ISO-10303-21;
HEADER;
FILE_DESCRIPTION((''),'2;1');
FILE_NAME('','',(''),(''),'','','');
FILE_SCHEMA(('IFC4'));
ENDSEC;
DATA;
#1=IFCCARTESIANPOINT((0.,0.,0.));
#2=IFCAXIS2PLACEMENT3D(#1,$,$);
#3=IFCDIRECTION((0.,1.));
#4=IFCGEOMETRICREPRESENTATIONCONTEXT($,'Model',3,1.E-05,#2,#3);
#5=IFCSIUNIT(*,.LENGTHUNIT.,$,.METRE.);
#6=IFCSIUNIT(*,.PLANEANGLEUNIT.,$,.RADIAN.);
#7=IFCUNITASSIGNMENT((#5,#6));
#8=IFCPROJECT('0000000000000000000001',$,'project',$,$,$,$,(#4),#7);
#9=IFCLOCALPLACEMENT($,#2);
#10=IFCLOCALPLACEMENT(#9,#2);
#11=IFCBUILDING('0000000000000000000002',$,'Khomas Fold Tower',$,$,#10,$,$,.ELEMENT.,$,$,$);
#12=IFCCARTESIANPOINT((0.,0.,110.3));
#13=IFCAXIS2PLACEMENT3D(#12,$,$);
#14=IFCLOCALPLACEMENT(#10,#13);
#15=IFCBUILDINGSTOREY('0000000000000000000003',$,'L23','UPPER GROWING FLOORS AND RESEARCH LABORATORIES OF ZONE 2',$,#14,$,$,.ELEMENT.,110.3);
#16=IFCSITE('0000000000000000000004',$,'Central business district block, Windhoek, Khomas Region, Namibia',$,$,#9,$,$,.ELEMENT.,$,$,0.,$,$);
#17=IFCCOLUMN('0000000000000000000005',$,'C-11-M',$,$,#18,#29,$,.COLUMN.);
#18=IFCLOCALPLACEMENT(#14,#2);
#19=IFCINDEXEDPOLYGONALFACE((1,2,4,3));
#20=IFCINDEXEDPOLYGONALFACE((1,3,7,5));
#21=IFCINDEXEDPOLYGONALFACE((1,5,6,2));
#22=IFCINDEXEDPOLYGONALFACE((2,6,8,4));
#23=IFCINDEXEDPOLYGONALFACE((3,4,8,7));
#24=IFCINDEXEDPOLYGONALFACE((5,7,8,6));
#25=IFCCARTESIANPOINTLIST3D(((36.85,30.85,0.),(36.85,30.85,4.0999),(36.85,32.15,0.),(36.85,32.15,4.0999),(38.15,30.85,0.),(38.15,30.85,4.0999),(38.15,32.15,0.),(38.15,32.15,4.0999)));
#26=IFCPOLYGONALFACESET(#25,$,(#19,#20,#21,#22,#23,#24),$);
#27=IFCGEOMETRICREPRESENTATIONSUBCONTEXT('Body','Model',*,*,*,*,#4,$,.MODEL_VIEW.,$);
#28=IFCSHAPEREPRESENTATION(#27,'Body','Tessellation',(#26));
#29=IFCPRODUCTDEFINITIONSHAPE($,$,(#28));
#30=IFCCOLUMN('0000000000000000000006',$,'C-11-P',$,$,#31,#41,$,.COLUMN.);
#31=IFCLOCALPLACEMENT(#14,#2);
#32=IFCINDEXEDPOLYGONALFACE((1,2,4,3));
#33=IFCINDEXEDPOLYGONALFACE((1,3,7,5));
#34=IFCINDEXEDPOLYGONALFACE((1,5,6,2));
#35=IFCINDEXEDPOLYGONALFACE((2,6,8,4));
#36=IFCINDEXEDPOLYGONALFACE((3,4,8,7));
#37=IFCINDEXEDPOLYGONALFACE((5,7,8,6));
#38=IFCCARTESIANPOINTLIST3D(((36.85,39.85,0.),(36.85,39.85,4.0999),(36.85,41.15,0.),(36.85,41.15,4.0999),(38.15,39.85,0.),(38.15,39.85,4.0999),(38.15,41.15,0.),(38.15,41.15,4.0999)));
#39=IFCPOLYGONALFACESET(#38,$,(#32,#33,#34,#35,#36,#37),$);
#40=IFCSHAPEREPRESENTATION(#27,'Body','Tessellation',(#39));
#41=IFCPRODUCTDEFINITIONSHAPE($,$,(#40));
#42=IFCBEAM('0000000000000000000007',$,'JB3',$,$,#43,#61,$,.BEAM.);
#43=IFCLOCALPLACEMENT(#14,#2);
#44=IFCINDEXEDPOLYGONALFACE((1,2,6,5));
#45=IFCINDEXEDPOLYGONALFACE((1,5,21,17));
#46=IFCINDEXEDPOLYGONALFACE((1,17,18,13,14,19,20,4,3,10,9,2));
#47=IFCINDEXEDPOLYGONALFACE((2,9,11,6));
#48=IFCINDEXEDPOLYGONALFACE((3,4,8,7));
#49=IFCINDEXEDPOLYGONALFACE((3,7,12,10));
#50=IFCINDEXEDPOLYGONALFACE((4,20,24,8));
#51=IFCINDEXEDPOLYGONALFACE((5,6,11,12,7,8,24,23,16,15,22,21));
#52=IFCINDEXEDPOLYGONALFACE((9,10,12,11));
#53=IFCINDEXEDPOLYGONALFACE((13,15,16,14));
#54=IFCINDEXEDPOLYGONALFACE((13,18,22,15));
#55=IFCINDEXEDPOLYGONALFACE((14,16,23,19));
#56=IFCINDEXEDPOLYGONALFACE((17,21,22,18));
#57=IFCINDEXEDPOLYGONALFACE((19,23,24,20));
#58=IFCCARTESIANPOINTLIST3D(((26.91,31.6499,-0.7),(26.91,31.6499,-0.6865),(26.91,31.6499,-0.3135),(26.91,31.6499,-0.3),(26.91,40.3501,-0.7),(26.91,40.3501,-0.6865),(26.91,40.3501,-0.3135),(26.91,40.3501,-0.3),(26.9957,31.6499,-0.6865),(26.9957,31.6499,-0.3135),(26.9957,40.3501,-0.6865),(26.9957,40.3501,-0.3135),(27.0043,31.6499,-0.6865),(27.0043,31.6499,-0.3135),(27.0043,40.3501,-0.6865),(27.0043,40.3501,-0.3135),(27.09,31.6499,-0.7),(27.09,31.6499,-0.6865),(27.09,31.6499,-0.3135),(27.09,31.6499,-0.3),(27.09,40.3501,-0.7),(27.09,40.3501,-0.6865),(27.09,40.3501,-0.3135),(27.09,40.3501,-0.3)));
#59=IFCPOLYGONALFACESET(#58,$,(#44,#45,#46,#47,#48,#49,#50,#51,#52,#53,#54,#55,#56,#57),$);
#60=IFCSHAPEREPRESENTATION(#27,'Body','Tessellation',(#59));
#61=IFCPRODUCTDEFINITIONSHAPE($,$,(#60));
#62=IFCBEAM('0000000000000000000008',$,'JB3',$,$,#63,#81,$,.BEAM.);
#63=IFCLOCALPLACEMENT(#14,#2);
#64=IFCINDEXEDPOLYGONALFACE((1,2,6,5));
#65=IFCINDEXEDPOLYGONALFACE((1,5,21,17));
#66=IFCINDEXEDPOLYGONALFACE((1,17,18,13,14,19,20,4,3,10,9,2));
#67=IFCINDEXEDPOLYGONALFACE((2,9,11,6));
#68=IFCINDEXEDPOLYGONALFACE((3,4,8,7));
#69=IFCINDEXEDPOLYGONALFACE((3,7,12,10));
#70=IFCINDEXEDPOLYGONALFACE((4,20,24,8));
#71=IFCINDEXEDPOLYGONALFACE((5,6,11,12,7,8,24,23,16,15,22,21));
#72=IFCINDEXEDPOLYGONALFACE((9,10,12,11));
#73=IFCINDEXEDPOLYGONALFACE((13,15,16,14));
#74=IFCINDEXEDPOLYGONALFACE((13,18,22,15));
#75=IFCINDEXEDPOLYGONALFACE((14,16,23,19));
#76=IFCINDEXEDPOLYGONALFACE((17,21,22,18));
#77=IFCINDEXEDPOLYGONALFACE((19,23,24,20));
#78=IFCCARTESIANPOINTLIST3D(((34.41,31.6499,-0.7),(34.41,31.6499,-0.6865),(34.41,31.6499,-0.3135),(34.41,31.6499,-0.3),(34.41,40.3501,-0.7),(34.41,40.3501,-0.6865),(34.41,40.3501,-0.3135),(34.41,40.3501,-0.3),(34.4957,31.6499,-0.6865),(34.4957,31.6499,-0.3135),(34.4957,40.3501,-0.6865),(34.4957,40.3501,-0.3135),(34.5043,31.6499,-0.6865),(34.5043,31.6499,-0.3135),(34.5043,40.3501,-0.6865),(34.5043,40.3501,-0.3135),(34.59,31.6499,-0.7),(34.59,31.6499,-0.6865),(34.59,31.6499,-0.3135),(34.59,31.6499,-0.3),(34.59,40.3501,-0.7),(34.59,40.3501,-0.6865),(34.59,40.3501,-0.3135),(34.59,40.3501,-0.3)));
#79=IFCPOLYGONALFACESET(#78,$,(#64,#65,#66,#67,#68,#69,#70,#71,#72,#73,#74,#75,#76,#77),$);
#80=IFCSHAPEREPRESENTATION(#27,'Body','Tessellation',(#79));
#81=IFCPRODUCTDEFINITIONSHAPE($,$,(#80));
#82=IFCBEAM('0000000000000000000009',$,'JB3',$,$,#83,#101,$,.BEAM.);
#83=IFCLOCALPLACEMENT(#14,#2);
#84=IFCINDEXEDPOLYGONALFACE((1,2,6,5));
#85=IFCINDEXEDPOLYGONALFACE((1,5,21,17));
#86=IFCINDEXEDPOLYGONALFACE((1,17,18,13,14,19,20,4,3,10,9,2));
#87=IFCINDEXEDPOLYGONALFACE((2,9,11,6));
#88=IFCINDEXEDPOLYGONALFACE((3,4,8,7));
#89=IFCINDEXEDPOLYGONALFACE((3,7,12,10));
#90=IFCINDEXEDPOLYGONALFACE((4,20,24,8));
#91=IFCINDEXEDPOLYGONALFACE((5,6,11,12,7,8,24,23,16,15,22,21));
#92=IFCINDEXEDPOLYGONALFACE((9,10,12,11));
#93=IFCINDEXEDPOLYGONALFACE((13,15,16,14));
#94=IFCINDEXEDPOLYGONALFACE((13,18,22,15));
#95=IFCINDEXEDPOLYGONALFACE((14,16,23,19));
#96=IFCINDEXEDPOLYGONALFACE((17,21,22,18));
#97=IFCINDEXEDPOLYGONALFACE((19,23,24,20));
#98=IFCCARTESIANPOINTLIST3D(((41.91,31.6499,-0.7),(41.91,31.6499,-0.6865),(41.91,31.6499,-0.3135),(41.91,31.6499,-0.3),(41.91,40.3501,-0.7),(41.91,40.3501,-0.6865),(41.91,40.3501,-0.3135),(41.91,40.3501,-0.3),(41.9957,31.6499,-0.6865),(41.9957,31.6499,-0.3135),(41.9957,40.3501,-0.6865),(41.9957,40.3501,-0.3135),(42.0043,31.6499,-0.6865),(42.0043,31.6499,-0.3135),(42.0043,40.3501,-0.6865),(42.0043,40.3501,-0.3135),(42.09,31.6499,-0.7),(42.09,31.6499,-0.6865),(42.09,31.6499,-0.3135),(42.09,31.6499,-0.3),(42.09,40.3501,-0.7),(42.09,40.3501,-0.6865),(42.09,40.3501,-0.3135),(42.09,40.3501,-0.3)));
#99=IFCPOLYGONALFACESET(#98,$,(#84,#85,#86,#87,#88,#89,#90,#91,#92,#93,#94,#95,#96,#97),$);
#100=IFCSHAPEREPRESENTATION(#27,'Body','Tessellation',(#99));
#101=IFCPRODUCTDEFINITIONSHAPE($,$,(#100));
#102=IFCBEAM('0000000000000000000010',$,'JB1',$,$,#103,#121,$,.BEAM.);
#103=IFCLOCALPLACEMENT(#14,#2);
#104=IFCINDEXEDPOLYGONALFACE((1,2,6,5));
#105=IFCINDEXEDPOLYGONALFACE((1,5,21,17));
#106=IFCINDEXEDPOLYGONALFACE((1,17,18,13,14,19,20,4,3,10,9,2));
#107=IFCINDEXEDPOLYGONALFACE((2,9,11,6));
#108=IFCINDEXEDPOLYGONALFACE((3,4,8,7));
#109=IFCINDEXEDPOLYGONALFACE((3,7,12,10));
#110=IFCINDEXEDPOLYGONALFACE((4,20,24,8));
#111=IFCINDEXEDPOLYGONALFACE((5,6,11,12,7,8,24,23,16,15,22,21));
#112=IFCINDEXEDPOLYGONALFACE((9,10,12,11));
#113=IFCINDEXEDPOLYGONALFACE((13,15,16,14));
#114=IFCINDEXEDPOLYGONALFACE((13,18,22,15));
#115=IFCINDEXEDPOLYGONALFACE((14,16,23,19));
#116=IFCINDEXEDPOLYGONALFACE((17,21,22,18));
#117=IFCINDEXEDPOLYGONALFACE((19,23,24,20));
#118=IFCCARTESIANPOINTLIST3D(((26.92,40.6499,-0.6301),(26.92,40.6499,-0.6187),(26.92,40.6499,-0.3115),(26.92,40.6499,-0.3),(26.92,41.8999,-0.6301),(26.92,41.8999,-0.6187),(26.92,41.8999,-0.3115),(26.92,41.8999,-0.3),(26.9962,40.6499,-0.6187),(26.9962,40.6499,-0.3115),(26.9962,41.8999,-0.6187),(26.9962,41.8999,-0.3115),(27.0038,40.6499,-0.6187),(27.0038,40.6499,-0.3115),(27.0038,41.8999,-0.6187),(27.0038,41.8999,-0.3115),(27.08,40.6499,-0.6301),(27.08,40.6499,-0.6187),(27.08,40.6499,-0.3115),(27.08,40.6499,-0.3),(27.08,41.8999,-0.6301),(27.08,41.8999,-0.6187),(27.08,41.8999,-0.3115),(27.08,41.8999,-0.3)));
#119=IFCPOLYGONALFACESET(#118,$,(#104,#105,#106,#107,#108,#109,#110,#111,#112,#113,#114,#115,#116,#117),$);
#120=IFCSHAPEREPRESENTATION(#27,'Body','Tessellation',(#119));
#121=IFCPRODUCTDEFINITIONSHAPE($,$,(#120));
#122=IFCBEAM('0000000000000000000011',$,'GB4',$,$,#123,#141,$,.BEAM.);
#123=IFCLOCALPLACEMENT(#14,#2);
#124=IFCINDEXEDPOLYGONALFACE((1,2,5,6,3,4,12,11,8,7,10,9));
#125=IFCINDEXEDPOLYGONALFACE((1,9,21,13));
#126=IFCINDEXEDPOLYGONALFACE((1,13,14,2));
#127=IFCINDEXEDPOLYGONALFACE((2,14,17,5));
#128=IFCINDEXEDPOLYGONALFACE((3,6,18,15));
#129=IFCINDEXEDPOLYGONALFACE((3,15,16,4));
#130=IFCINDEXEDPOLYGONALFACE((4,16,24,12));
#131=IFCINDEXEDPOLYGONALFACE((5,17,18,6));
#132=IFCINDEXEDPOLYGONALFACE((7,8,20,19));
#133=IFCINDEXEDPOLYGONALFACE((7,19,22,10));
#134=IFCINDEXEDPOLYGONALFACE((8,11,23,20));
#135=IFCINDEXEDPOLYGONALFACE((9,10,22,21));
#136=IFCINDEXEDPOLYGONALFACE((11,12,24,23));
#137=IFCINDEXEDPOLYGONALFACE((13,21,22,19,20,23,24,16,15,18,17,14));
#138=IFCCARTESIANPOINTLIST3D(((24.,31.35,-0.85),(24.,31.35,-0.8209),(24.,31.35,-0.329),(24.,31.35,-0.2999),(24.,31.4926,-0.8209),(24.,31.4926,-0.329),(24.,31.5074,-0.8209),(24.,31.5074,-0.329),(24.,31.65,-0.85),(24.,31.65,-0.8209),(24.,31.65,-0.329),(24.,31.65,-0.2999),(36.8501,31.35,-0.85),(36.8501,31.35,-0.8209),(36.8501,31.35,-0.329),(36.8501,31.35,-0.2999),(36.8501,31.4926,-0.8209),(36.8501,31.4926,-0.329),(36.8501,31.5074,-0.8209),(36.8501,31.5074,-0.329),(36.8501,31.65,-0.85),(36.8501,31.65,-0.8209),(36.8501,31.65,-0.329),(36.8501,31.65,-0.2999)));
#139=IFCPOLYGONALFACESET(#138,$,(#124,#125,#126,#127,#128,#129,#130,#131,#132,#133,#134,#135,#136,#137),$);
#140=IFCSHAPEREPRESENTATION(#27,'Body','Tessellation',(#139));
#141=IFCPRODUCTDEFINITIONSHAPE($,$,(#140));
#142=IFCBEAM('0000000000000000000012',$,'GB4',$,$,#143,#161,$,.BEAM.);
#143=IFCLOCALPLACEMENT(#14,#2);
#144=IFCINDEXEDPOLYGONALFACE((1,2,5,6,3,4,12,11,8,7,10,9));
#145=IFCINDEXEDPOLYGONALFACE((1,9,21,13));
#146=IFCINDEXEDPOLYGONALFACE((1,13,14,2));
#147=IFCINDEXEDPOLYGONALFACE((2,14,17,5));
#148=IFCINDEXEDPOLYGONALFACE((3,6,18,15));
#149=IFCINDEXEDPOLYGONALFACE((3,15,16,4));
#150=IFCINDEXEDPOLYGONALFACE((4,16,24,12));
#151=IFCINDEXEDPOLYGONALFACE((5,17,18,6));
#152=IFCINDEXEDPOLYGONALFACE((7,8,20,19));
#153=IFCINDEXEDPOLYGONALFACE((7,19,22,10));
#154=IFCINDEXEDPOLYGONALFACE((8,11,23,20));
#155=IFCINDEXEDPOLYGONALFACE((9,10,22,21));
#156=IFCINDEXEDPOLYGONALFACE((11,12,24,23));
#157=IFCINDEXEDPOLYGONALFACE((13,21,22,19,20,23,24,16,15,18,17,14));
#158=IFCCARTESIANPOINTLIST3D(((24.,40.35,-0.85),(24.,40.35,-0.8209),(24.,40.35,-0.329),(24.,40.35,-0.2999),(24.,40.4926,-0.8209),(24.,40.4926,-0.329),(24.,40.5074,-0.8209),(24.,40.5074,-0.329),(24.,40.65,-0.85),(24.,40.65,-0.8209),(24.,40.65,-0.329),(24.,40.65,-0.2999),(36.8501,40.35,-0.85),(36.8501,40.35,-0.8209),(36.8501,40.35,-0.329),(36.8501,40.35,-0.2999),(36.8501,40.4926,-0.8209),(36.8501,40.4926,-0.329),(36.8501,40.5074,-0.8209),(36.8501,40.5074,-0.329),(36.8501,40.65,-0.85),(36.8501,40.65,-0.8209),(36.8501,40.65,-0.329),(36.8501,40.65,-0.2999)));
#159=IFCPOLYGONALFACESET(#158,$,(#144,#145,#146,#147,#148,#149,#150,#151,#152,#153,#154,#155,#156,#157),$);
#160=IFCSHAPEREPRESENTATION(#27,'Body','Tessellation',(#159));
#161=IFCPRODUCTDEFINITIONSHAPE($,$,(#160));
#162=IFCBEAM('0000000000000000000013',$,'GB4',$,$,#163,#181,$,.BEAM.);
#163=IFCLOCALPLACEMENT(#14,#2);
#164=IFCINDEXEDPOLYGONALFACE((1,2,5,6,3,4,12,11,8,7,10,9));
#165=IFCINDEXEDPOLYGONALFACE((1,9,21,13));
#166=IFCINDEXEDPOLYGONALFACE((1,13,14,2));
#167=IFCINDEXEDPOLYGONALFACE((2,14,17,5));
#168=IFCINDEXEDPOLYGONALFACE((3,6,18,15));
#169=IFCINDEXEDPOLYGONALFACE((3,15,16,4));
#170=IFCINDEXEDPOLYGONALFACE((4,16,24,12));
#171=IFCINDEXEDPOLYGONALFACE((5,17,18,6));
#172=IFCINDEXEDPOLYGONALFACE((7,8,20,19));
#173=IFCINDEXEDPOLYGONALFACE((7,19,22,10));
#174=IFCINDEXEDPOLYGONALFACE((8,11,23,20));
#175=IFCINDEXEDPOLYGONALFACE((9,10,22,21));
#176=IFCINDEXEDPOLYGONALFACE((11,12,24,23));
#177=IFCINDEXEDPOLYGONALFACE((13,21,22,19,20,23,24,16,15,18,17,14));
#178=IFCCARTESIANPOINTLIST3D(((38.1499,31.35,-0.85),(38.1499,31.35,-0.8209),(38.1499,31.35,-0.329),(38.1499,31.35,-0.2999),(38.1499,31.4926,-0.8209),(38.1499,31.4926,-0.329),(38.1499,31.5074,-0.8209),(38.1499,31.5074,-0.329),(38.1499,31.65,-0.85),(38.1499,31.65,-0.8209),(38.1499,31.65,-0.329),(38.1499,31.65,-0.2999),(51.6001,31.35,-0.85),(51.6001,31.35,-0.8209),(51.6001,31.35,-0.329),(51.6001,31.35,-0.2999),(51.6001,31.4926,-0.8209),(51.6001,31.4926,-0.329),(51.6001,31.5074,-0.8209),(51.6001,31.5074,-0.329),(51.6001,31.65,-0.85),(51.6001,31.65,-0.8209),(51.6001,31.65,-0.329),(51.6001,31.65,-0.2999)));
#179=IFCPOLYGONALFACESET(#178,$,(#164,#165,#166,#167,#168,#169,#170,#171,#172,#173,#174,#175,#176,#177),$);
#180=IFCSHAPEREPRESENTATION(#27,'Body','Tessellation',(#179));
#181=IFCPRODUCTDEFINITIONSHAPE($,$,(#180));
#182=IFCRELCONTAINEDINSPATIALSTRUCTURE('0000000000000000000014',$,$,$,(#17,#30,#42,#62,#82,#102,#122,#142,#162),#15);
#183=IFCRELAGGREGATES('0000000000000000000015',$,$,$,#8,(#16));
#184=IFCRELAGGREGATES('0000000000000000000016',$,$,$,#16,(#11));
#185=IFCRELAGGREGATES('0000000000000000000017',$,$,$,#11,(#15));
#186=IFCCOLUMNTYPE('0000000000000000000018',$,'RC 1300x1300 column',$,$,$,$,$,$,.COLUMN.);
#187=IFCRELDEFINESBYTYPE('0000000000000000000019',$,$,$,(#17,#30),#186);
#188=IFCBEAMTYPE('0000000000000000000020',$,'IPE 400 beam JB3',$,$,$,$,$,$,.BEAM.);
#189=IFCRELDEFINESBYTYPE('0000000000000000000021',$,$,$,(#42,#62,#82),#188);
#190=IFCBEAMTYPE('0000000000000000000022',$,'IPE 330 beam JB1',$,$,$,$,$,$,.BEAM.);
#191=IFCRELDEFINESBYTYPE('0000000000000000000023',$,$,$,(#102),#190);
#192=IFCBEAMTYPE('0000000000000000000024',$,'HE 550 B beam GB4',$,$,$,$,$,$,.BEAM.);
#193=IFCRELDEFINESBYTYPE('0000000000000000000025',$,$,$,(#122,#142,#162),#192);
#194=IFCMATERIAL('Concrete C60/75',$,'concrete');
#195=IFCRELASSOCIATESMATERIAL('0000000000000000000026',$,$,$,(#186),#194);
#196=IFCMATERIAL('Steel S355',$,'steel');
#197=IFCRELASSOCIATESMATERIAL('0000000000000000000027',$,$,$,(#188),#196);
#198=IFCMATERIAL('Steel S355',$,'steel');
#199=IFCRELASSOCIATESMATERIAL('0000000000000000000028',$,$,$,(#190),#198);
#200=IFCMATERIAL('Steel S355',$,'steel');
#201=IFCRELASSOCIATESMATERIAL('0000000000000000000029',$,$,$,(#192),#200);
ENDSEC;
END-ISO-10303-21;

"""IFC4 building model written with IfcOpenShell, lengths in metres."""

from ifc_helpers import new_model, si_unit, direction, frame, origin, origin_2d, place, context, subcontext, project, spatial, rectangle, i_section, extrude, source, transform, mapped, material, material_profile, profile_set, type_object, element, save


model = new_model("IFC4")

# Units and contexts
model_context = context("Model", 3, precision=1e-05, world=origin(), true_north=direction((0.0, 1.0)))
body_context = subcontext(model_context, "Body", "Model", "MODEL_VIEW")
ifc_project = project(units=[si_unit("LENGTHUNIT", "METRE"), si_unit("PLANEANGLEUNIT", "RADIAN")], contexts=[model_context])

# Site, building, storey
site_placement = place(None, origin())
site = spatial("IfcSite", under=ifc_project, at=site_placement, Name="Central business district block, Windhoek, Khomas Region, Namibia", CompositionType="ELEMENT", RefElevation=0.0)
building_placement = place(site_placement, origin())
building = spatial("IfcBuilding", under=site, at=building_placement, Name="Khomas Fold Tower", CompositionType="ELEMENT")
storey_placement = place(building_placement, frame((0.0, 0.0, 110.3)))
storey = spatial("IfcBuildingStorey", under=building, at=storey_placement, Name="L23", Description="UPPER GROWING FLOORS AND RESEARCH LABORATORIES OF ZONE 2", CompositionType="ELEMENT", Elevation=110.3)

# Columns
ifc_material_1 = material(Name="Concrete C60/75", Category="concrete")
ifc_material_profile_1 = material_profile(ifc_material_1, rectangle(XDim=1.3, YDim=1.3, at=origin_2d()), Name="RC 1300x1300")
ifc_profile_set_1 = profile_set([ifc_material_profile_1], Name="Concrete C60/75")
column_type = type_object("IfcColumnType", Name="RC 1300x1300 column", PredefinedType="COLUMN", material=ifc_profile_set_1)
shared_shape_1 = source(origin(), body_context, "Body", "SweptSolid", [
    extrude(rectangle(XDim=1.3, YDim=1.3, at=origin_2d()), origin(), (0.0, 0.0, 1.0), 4.0999),
])
for number, where, z_axis, x_axis, name in (
    (1, (37.5, 31.5, 0.0), (0.0, 0.0, 1.0), (1.0, 0.0, 0.0), "C-11-M"),
    (2, (37.5, 40.5, 0.0), (0.0, 0.0, 1.0), (1.0, 0.0, 0.0), "C-11-P"),
):
    element("IfcColumn", number, at=place(storey_placement, frame(where, z_axis=z_axis, x_axis=x_axis)), inside=storey, type_object=column_type, Name=name, PredefinedType="COLUMN", context=body_context, shape_type="MappedRepresentation", body=[
        mapped(shared_shape_1, transform((0.0, 0.0, 0.0))),
    ])

# Beams
ifc_material_2 = material(Name="Steel S355", Category="steel")
ifc_material_profile_2 = material_profile(ifc_material_2, i_section(OverallWidth=0.1799, OverallDepth=0.3999, WebThickness=0.0085, FlangeThickness=0.0134, at=origin_2d()), Name="IPE 400")
ifc_profile_set_2 = profile_set([ifc_material_profile_2], Name="Steel S355")
beam_type_1 = type_object("IfcBeamType", Name="IPE 400 beam JB3", PredefinedType="BEAM", material=ifc_profile_set_2)
shared_shape_2 = source(origin(), body_context, "Body", "SweptSolid", [
    extrude(i_section(OverallWidth=0.1799, OverallDepth=0.3999, WebThickness=0.0085, FlangeThickness=0.0134, at=origin_2d()), origin(), (0.0, 0.0, 1.0), 8.7002),
])
for number, where, z_axis, x_axis, name in (
    (3, (27.0, 31.6499, -0.5), (0.0, 1.0, 0.0), (-1.0, 0.0, 0.0), "JB3"),
    (4, (34.5, 31.6499, -0.5), (0.0, 1.0, 0.0), (-1.0, 0.0, 0.0), "JB3"),
    (5, (42.0, 31.6499, -0.5), (0.0, 1.0, 0.0), (-1.0, 0.0, 0.0), "JB3"),
):
    element("IfcBeam", number, at=place(storey_placement, frame(where, z_axis=z_axis, x_axis=x_axis)), inside=storey, type_object=beam_type_1, Name=name, PredefinedType="BEAM", context=body_context, shape_type="MappedRepresentation", body=[
        mapped(shared_shape_2, transform((0.0, 0.0, 0.0))),
    ])
ifc_material_3 = material(Name="Steel S355", Category="steel")
ifc_material_profile_3 = material_profile(ifc_material_3, i_section(OverallWidth=0.1599, OverallDepth=0.3301, WebThickness=0.0076, FlangeThickness=0.0115, at=origin_2d()), Name="IPE 330")
ifc_profile_set_3 = profile_set([ifc_material_profile_3], Name="Steel S355")
beam_type_2 = type_object("IfcBeamType", Name="IPE 330 beam JB1", PredefinedType="BEAM", material=ifc_profile_set_3)
shared_shape_3 = source(origin(), body_context, "Body", "SweptSolid", [
    extrude(i_section(OverallWidth=0.1599, OverallDepth=0.3301, WebThickness=0.0076, FlangeThickness=0.0115, at=origin_2d()), origin(), (0.0, 0.0, 1.0), 1.25),
])
beam_placement = place(storey_placement, frame((27.0, 40.6499, -0.4651), z_axis=(0.0, 1.0, 0.0), x_axis=(-1.0, 0.0, 0.0)))
element("IfcBeam", 6, at=beam_placement, inside=storey, type_object=beam_type_2, Name="JB1", PredefinedType="BEAM", context=body_context, shape_type="MappedRepresentation", body=[
    mapped(shared_shape_3, transform((0.0, 0.0, 0.0))),
])
ifc_material_4 = material(Name="Steel S355", Category="steel")
ifc_material_profile_4 = material_profile(ifc_material_4, i_section(OverallWidth=0.3, OverallDepth=0.55, WebThickness=0.0149, FlangeThickness=0.0291, at=origin_2d()), Name="HE 550 B")
ifc_profile_set_4 = profile_set([ifc_material_profile_4], Name="Steel S355")
beam_type_3 = type_object("IfcBeamType", Name="HE 550 B beam GB4", PredefinedType="BEAM", material=ifc_profile_set_4)
shared_shape_4 = source(origin(), body_context, "Body", "SweptSolid", [
    extrude(i_section(OverallWidth=0.3, OverallDepth=0.55, WebThickness=0.0149, FlangeThickness=0.0291, at=origin_2d()), origin(), (0.0, 0.0, 1.0), 12.8501),
])
for number, where, z_axis, x_axis, name in (
    (7, (24.0, 31.5, -0.575), (1.0, 0.0, 0.0), (0.0, 1.0, 0.0), "GB4"),
    (8, (24.0, 40.5, -0.575), (1.0, 0.0, 0.0), (0.0, 1.0, 0.0), "GB4"),
):
    element("IfcBeam", number, at=place(storey_placement, frame(where, z_axis=z_axis, x_axis=x_axis)), inside=storey, type_object=beam_type_3, Name=name, PredefinedType="BEAM", context=body_context, shape_type="MappedRepresentation", body=[
        mapped(shared_shape_4, transform((0.0, 0.0, 0.0))),
    ])
shared_shape_5 = source(origin(), body_context, "Body", "SweptSolid", [
    extrude(i_section(OverallWidth=0.3, OverallDepth=0.55, WebThickness=0.0149, FlangeThickness=0.0291, at=origin_2d()), origin(), (0.0, 0.0, 1.0), 13.4502),
])
for number, where, z_axis, x_axis, name in (
    (9, (38.1499, 31.5, -0.575), (1.0, 0.0, 0.0), (0.0, 1.0, 0.0), "GB4"),
):
    element("IfcBeam", number, at=place(storey_placement, frame(where, z_axis=z_axis, x_axis=x_axis)), inside=storey, type_object=beam_type_3, Name=name, PredefinedType="BEAM", context=body_context, shape_type="MappedRepresentation", body=[
        mapped(shared_shape_5, transform((0.0, 0.0, 0.0))),
    ])

save(model, "model.ifc")
